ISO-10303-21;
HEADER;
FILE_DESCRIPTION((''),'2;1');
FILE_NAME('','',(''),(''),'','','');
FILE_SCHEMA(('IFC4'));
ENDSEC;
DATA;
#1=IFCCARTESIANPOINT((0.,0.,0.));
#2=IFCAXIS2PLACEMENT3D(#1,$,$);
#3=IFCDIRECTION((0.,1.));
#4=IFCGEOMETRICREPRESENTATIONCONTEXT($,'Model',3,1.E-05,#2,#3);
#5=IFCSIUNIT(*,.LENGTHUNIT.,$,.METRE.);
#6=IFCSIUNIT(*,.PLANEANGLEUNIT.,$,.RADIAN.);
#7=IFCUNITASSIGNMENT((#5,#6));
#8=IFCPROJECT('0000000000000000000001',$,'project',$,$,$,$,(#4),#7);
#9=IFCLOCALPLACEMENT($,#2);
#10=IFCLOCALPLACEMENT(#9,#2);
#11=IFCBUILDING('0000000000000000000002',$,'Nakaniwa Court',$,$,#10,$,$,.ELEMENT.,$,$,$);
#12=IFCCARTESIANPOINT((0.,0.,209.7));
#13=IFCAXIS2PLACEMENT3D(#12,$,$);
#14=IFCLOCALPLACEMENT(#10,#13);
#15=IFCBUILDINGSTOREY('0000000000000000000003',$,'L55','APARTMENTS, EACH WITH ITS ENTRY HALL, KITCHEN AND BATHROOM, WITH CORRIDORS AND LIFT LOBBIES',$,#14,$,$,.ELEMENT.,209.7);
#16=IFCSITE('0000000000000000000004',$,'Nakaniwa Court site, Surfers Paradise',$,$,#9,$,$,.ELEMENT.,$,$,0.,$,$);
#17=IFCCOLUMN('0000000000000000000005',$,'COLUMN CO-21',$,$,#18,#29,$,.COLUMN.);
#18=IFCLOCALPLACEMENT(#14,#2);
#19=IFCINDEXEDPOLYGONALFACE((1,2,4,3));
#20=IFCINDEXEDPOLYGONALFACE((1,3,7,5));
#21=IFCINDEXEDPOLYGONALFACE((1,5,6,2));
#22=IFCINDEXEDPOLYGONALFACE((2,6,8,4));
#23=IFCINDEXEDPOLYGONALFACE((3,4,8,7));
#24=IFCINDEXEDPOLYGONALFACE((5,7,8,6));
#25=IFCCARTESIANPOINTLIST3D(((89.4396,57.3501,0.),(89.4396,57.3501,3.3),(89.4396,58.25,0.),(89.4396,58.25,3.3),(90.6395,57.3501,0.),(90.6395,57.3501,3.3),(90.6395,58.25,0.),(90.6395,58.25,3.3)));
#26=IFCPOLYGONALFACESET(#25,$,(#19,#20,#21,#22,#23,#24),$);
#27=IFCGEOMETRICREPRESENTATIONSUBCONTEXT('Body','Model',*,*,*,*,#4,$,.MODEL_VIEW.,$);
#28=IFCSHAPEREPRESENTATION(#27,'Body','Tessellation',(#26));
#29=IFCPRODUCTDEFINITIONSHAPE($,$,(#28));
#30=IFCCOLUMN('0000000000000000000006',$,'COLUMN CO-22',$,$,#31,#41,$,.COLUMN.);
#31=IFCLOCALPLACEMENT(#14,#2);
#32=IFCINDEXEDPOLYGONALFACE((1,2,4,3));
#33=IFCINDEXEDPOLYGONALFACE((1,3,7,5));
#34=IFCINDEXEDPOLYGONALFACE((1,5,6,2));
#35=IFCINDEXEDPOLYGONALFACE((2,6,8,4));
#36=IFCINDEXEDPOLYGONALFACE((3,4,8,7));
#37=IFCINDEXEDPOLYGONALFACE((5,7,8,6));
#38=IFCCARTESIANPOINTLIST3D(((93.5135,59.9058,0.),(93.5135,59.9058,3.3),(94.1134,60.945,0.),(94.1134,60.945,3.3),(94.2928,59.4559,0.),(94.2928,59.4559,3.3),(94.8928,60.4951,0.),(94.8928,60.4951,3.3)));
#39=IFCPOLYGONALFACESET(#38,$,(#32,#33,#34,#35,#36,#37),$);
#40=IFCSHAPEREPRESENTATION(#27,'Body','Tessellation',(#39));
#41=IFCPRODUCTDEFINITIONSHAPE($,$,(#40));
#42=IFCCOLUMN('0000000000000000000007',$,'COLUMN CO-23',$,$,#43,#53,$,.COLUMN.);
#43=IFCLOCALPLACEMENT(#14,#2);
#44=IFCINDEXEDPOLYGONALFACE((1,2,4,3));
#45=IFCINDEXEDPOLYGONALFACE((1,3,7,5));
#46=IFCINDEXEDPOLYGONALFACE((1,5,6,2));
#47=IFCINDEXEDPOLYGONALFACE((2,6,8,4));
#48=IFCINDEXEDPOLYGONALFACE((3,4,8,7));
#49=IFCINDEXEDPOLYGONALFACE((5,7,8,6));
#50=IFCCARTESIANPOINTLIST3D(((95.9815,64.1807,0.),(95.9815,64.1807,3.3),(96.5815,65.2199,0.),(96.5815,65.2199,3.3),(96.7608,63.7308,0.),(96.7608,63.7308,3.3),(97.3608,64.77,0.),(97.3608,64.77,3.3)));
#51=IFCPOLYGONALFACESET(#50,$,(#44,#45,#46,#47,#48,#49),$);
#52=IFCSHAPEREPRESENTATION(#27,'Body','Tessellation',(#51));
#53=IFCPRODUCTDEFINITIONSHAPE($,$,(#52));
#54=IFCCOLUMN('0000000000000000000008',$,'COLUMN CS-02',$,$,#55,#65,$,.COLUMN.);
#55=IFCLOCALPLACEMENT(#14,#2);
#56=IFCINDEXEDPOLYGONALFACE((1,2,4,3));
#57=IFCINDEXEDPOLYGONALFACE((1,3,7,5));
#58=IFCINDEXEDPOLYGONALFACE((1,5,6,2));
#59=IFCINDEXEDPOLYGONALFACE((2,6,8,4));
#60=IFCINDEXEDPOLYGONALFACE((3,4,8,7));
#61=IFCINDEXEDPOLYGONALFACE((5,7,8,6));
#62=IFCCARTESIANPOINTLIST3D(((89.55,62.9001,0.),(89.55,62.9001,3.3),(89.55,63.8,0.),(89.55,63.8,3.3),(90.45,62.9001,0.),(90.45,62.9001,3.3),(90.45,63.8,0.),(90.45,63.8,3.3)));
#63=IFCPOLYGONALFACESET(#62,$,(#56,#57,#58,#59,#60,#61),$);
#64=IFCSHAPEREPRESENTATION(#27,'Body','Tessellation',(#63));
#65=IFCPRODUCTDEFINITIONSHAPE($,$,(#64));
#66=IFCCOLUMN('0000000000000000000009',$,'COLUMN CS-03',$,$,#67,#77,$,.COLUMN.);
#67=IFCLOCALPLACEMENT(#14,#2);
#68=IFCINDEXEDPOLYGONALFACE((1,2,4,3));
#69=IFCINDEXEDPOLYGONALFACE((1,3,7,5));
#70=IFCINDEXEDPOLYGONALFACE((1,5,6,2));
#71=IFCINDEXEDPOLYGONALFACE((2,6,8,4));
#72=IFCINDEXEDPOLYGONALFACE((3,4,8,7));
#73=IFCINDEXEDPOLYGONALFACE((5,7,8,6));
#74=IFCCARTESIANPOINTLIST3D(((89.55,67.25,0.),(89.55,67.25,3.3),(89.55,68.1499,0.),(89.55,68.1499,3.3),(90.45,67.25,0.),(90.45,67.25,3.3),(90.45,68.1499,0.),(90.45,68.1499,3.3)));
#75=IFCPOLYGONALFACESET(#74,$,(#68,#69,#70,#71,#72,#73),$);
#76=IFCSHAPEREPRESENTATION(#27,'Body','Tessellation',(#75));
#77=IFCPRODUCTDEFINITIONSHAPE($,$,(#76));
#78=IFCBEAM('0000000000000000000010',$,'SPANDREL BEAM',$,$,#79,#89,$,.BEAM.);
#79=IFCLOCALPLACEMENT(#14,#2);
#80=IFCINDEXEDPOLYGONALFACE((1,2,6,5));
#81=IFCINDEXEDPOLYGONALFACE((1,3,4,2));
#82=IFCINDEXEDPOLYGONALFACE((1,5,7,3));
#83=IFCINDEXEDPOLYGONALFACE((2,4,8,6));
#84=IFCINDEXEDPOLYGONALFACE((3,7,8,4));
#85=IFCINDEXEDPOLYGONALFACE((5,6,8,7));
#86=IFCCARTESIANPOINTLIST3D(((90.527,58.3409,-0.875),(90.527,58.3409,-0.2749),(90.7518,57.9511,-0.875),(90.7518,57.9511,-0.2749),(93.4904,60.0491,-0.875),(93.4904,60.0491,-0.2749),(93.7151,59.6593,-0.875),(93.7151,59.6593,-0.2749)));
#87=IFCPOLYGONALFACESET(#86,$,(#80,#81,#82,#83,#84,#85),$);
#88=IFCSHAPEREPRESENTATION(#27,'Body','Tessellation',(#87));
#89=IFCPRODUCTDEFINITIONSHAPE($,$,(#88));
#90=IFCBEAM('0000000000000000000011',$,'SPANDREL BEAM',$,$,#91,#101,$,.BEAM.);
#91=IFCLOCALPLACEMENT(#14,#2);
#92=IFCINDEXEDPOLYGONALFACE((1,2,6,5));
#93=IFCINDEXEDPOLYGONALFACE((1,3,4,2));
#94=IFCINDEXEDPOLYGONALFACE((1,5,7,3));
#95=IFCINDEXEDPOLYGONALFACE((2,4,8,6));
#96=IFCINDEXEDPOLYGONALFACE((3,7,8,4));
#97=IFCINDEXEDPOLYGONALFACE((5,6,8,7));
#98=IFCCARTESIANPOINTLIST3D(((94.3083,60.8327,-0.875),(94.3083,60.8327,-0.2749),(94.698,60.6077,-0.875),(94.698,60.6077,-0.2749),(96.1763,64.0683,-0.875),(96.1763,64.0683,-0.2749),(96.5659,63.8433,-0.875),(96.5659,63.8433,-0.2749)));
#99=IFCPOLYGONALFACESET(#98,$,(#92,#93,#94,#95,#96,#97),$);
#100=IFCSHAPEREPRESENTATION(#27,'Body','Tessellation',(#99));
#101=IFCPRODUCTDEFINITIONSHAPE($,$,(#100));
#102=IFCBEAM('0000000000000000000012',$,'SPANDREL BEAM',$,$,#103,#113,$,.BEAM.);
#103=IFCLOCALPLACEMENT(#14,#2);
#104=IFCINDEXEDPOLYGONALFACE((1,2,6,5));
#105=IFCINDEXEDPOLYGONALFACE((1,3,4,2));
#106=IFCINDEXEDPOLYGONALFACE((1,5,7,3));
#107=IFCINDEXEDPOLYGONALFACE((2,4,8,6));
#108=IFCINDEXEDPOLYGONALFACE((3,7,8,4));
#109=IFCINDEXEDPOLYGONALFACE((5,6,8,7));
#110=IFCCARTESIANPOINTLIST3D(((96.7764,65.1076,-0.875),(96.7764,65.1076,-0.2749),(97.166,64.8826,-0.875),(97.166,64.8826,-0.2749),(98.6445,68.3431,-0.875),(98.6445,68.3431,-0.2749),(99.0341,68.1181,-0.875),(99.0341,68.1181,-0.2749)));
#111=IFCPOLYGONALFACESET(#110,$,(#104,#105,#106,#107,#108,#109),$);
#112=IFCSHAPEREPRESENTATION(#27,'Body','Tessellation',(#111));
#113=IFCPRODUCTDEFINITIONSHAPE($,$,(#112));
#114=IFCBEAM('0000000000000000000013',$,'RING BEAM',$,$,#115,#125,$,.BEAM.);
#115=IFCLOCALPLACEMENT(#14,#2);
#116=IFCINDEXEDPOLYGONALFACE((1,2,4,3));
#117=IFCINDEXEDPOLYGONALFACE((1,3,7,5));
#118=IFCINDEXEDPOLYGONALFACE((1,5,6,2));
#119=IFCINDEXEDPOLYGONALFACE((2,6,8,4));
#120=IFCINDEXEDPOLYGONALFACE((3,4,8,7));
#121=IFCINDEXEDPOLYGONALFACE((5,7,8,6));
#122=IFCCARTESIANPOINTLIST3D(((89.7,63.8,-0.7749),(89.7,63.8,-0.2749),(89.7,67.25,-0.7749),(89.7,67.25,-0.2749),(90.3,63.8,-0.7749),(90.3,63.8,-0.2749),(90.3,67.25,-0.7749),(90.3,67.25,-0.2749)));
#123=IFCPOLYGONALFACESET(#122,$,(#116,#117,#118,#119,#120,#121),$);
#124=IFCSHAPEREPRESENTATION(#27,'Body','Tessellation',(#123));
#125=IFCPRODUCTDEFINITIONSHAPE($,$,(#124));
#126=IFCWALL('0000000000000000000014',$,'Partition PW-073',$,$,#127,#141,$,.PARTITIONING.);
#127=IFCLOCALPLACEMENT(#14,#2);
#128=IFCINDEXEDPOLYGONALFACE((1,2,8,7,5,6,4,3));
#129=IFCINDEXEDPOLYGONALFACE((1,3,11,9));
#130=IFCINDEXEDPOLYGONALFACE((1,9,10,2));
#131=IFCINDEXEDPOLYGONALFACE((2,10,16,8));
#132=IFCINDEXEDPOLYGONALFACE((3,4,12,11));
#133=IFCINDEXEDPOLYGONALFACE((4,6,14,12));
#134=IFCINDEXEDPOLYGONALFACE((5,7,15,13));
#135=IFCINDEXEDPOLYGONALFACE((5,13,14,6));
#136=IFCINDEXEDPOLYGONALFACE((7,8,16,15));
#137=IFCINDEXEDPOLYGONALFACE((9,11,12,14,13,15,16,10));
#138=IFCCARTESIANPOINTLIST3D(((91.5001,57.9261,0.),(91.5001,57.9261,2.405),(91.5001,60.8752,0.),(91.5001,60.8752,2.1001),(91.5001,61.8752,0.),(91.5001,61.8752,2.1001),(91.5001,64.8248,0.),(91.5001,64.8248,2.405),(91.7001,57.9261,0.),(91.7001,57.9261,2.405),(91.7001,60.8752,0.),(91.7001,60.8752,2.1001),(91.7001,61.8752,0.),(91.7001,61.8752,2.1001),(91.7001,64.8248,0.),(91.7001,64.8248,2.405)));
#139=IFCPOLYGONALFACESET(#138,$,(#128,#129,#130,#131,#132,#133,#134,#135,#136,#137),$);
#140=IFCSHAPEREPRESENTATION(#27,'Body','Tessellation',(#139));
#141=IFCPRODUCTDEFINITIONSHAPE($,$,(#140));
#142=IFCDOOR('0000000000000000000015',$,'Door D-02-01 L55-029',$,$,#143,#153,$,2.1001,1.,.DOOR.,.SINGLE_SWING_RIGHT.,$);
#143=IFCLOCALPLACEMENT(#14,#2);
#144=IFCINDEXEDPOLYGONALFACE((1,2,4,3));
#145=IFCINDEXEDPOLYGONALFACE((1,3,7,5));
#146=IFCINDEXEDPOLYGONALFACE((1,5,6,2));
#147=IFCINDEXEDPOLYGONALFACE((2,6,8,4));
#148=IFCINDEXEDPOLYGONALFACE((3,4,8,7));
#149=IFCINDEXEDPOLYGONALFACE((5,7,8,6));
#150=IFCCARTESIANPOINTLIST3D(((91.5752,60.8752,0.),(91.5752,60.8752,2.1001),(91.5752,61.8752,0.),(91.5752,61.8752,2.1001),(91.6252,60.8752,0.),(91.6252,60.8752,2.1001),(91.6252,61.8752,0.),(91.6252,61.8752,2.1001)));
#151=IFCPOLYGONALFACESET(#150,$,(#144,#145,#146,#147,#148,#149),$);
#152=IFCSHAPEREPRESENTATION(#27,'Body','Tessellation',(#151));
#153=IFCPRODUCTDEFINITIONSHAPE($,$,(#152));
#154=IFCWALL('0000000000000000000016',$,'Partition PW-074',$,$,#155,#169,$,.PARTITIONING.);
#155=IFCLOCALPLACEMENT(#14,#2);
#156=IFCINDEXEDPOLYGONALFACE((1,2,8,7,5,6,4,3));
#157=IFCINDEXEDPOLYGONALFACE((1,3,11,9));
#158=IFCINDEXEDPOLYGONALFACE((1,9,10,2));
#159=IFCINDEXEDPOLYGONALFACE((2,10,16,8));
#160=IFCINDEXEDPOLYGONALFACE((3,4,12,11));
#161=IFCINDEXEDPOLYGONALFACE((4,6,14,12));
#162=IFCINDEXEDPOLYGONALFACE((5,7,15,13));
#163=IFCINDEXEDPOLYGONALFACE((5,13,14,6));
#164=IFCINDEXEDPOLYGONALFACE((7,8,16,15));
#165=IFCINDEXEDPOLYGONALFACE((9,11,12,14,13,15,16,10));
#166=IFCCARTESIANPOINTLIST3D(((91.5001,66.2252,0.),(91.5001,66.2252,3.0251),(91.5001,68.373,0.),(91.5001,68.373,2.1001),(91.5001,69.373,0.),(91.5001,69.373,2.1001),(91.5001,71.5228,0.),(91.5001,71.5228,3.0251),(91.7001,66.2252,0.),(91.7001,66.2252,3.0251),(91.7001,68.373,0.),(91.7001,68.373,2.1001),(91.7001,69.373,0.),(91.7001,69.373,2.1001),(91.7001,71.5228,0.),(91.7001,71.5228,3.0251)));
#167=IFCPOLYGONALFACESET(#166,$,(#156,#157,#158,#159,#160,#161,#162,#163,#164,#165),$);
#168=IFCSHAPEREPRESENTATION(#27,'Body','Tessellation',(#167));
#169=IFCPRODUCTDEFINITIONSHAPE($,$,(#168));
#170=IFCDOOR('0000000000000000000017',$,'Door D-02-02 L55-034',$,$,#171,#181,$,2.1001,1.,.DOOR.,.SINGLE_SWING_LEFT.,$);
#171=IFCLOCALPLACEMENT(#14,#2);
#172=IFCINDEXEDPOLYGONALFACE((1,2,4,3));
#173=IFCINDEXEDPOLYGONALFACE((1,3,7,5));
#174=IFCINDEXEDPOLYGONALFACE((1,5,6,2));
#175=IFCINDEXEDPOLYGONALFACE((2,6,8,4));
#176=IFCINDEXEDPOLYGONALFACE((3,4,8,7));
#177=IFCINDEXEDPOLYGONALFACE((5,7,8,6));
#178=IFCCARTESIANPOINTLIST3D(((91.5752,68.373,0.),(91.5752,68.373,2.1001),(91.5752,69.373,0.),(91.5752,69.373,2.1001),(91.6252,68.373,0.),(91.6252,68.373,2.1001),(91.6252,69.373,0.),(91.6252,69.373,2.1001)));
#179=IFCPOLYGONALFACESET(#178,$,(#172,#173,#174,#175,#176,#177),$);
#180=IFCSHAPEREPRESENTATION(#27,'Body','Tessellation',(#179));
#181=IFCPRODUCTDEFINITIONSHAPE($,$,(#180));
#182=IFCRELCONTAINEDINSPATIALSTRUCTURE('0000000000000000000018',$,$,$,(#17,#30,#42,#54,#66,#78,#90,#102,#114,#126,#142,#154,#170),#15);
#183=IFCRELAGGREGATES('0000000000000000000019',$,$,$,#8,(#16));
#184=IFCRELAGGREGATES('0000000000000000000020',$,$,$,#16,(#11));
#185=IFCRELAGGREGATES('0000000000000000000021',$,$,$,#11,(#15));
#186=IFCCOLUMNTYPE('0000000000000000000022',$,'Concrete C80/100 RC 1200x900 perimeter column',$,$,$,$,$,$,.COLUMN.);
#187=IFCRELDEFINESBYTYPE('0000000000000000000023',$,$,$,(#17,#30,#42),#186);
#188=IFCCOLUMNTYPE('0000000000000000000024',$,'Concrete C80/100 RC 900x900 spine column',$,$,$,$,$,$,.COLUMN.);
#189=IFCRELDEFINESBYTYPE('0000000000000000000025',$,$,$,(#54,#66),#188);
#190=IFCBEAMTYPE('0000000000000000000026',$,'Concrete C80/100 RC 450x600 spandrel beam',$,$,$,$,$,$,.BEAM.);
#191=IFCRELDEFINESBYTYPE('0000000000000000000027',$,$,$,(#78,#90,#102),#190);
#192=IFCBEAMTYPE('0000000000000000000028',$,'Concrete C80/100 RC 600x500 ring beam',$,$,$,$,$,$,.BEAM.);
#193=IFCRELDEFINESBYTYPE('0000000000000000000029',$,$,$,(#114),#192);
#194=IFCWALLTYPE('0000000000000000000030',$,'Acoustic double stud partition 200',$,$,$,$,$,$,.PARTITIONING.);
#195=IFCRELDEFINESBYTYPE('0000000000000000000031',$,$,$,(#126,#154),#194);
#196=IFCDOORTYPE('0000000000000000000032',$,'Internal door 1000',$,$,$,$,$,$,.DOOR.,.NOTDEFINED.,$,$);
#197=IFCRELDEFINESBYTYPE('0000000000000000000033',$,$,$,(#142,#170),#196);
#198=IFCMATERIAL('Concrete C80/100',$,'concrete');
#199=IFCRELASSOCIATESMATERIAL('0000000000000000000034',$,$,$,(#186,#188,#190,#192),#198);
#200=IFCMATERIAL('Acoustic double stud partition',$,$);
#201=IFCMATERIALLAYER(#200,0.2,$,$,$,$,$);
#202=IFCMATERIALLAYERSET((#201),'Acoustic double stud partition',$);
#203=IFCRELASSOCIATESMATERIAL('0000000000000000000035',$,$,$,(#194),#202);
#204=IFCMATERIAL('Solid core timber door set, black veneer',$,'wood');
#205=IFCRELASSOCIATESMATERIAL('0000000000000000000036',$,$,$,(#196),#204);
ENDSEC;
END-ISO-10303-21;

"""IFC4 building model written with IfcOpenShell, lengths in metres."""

from ifc_helpers import new_model, si_unit, direction, frame, frame_2d, origin, origin_2d, place, context, subcontext, project, spatial, rectangle, extrude, material, layer, layer_set, material_profile, profile_set, type_object, element, fill, save


model = new_model("IFC4")

# Units and contexts
model_context = context("Model", 3, precision=1e-05, world=origin(), true_north=direction((0.0, 1.0)))
body_context = subcontext(model_context, "Body", "Model", "MODEL_VIEW")
ifc_project = project(units=[si_unit("LENGTHUNIT", "METRE"), si_unit("PLANEANGLEUNIT", "RADIAN")], contexts=[model_context])

# Site, building, storey
site_placement = place(None, origin())
site = spatial("IfcSite", under=ifc_project, at=site_placement, Name="Nakaniwa Court site, Surfers Paradise", CompositionType="ELEMENT", RefElevation=0.0)
building_placement = place(site_placement, origin())
building = spatial("IfcBuilding", under=site, at=building_placement, Name="Nakaniwa Court", CompositionType="ELEMENT")
storey_placement = place(building_placement, frame((0.0, 0.0, 209.7)))
storey = spatial("IfcBuildingStorey", under=building, at=storey_placement, Name="L55", Description="APARTMENTS, EACH WITH ITS ENTRY HALL, KITCHEN AND BATHROOM, WITH CORRIDORS AND LIFT LOBBIES", CompositionType="ELEMENT", Elevation=209.7)

# Columns
ifc_material_1 = material(Name="Concrete C80/100", Category="concrete")
ifc_material_profile_1 = material_profile(ifc_material_1, rectangle(XDim=1.2, YDim=0.8999, at=origin_2d()), Name="Concrete C80/100 RC 1200x900 perimeter column")
ifc_profile_set_1 = profile_set([ifc_material_profile_1], Name="Concrete C80/100")
column_type_1 = type_object("IfcColumnType", Name="Concrete C80/100 RC 1200x900 perimeter column", PredefinedType="COLUMN", material=ifc_profile_set_1)
for number, where, z_axis, x_axis, name in (
    (1, (90.0396, 57.8, 0.0), (0.0, 0.0, 1.0), (1.0, 0.0, 0.0), "COLUMN CO-21"),
    (2, (94.2031, 60.2004, 0.0), (0.0, 0.0, 1.0), (0.5, 0.866025, 0.0), "COLUMN CO-22"),
    (3, (96.6711, 64.4753, 0.0), (0.0, 0.0, 1.0), (0.5, 0.866025, 0.0), "COLUMN CO-23"),
):
    element("IfcColumn", number, at=place(storey_placement, frame(where, z_axis=z_axis, x_axis=x_axis)), inside=storey, type_object=column_type_1, Name=name, PredefinedType="COLUMN", context=body_context, shape_type="SweptSolid", body=[
        extrude(rectangle(XDim=1.2, YDim=0.8999, at=origin_2d()), origin(), (0.0, 0.0, 1.0), 3.3),
    ])
ifc_material_profile_2 = material_profile(ifc_material_1, rectangle(XDim=0.8999, YDim=0.8999, at=origin_2d()), Name="Concrete C80/100 RC 900x900 spine column")
ifc_profile_set_2 = profile_set([ifc_material_profile_2], Name="Concrete C80/100")
column_type_2 = type_object("IfcColumnType", Name="Concrete C80/100 RC 900x900 spine column", PredefinedType="COLUMN", material=ifc_profile_set_2)
for number, where, z_axis, x_axis, name in (
    (4, (90.0, 63.3501, 0.0), (0.0, 0.0, 1.0), (0.0, 1.0, 0.0), "COLUMN CS-02"),
    (5, (90.0, 67.7, 0.0), (0.0, 0.0, 1.0), (0.0, 1.0, 0.0), "COLUMN CS-03"),
):
    element("IfcColumn", number, at=place(storey_placement, frame(where, z_axis=z_axis, x_axis=x_axis)), inside=storey, type_object=column_type_2, Name=name, PredefinedType="COLUMN", context=body_context, shape_type="SweptSolid", body=[
        extrude(rectangle(XDim=0.8999, YDim=0.8999, at=origin_2d()), origin(), (0.0, 0.0, 1.0), 3.3),
    ])

# Beams
ifc_material_profile_3 = material_profile(ifc_material_1, rectangle(XDim=0.45, YDim=0.6001, at=origin_2d()), Name="Concrete C80/100 RC 450x600 spandrel beam")
ifc_profile_set_3 = profile_set([ifc_material_profile_3], Name="Concrete C80/100")
beam_type_1 = type_object("IfcBeamType", Name="Concrete C80/100 RC 450x600 spandrel beam", PredefinedType="BEAM", material=ifc_profile_set_3)
beam_1_placement = place(storey_placement, frame((90.6394, 58.146, -0.575), z_axis=(0.866361, 0.499418, 0.0), x_axis=(-0.499418, 0.866361, 0.0)))
element("IfcBeam", 6, at=beam_1_placement, inside=storey, type_object=beam_type_1, Name="SPANDREL BEAM", PredefinedType="BEAM", context=body_context, shape_type="SweptSolid", body=[
    extrude(rectangle(XDim=0.45, YDim=0.6001, at=origin_2d()), origin(), (0.0, 0.0, 1.0), 3.4204),
])
for number, where, z_axis, x_axis, name in (
    (7, (94.5032, 60.7202, -0.575), (0.499969, 0.866043, 0.0), (-0.866043, 0.499969, 0.0), "SPANDREL BEAM"),
    (8, (96.9712, 64.9951, -0.575), (0.500018, 0.866015, 0.0), (-0.866015, 0.500018, 0.0), "SPANDREL BEAM"),
):
    element("IfcBeam", number, at=place(storey_placement, frame(where, z_axis=z_axis, x_axis=x_axis)), inside=storey, type_object=beam_type_1, Name=name, PredefinedType="BEAM", context=body_context, shape_type="SweptSolid", body=[
        extrude(rectangle(XDim=0.45, YDim=0.6001, at=origin_2d()), origin(), (0.0, 0.0, 1.0), 3.7361),
    ])
ifc_material_profile_4 = material_profile(ifc_material_1, rectangle(XDim=0.6001, YDim=0.5, at=origin_2d()), Name="Concrete C80/100 RC 600x500 ring beam")
ifc_profile_set_4 = profile_set([ifc_material_profile_4], Name="Concrete C80/100")
beam_type_2 = type_object("IfcBeamType", Name="Concrete C80/100 RC 600x500 ring beam", PredefinedType="BEAM", material=ifc_profile_set_4)
beam_2_placement = place(storey_placement, frame((90.0, 63.8, -0.5249), z_axis=(0.0, 1.0, 0.0), x_axis=(-1.0, 0.0, 0.0)))
element("IfcBeam", 9, at=beam_2_placement, inside=storey, type_object=beam_type_2, Name="RING BEAM", PredefinedType="BEAM", context=body_context, shape_type="SweptSolid", body=[
    extrude(rectangle(XDim=0.6001, YDim=0.5, at=origin_2d()), origin(), (0.0, 0.0, 1.0), 3.45),
])

# Walls, openings, doors
ifc_material_2 = material(Name="Acoustic double stud partition")
ifc_layer_1 = layer(ifc_material_2, 0.2)
ifc_layer_set_1 = layer_set([ifc_layer_1], Name="Acoustic double stud partition")
wall_type_1 = type_object("IfcWallType", Name="Acoustic double stud partition 200", PredefinedType="PARTITIONING", material=ifc_layer_set_1)
wall_1_placement = place(storey_placement, frame((91.6001, 57.9263, 0.0), z_axis=(0.0, 0.0, 1.0), x_axis=(0.0, 1.0, 0.0)))
wall_1 = element("IfcWall", 10, at=wall_1_placement, inside=storey, type_object=wall_type_1, Name="Partition PW-073", PredefinedType="PARTITIONING", context=body_context, shape_type="SweptSolid", body=[
    extrude(rectangle(XDim=6.8987, YDim=0.2, at=frame_2d((3.4492, 0.0))), origin(), (0.0, 0.0, 1.0), 2.405),
])
opening_1_placement = place(wall_1_placement, frame((2.949, 0.0, 0.0)))
opening_1 = element("IfcOpeningElement", 11, at=opening_1_placement, cuts=wall_1, PredefinedType="OPENING", context=body_context, shape_type="SweptSolid", body=[
    extrude(rectangle(XDim=1.0, YDim=2.1001, at=frame_2d((0.5, 1.05))), frame((0.0, 0.1099, 0.0), z_axis=(0.0, -1.0, 0.0), x_axis=(1.0, 0.0, 0.0)), (0.0, 0.0, 1.0), 0.22),
])
ifc_material_3 = material(Name="Solid core timber door set, black veneer", Category="wood")
door_type_1 = type_object("IfcDoorType", Name="Internal door 1000", OperationType="NOTDEFINED", PredefinedType="DOOR", material=ifc_material_3)
door_1_placement = place(opening_1_placement, origin())
door_1 = element("IfcDoor", 12, at=door_1_placement, inside=storey, type_object=door_type_1, Name="Door D-02-01 L55-029", OperationType="SINGLE_SWING_RIGHT", OverallHeight=2.1001, OverallWidth=1.0, PredefinedType="DOOR", context=body_context, shape_type="SweptSolid", body=[
    extrude(rectangle(XDim=1.0, YDim=2.1001, at=frame_2d((0.5, 1.05))), frame((0.0, 0.0249, 0.0), z_axis=(0.0, -1.0, 0.0), x_axis=(1.0, 0.0, 0.0)), (0.0, 0.0, 1.0), 0.05),
])
fill(opening_1, door_1)
wall_2_placement = place(storey_placement, frame((91.6001, 66.2251, 0.0), z_axis=(0.0, 0.0, 1.0), x_axis=(0.0, 1.0, 0.0)))
wall_2 = element("IfcWall", 13, at=wall_2_placement, inside=storey, type_object=wall_type_1, Name="Partition PW-074", PredefinedType="PARTITIONING", context=body_context, shape_type="SweptSolid", body=[
    extrude(rectangle(XDim=5.2976, YDim=0.2, at=frame_2d((2.6489, 0.0))), origin(), (0.0, 0.0, 1.0), 3.0251),
])
opening_2_placement = place(wall_2_placement, frame((2.1479, 0.0, 0.0)))
opening_2 = element("IfcOpeningElement", 14, at=opening_2_placement, cuts=wall_2, PredefinedType="OPENING", context=body_context, shape_type="SweptSolid", body=[
    extrude(rectangle(XDim=1.0, YDim=2.1001, at=frame_2d((0.5, 1.05))), frame((0.0, 0.1099, 0.0), z_axis=(0.0, -1.0, 0.0), x_axis=(1.0, 0.0, 0.0)), (0.0, 0.0, 1.0), 0.22),
])
door_2_placement = place(opening_2_placement, origin())
door_2 = element("IfcDoor", 15, at=door_2_placement, inside=storey, type_object=door_type_1, Name="Door D-02-02 L55-034", OperationType="SINGLE_SWING_LEFT", OverallHeight=2.1001, OverallWidth=1.0, PredefinedType="DOOR", context=body_context, shape_type="SweptSolid", body=[
    extrude(rectangle(XDim=1.0, YDim=2.1001, at=frame_2d((0.5, 1.05))), frame((0.0, 0.0249, 0.0), z_axis=(0.0, -1.0, 0.0), x_axis=(1.0, 0.0, 0.0)), (0.0, 0.0, 1.0), 0.05),
])
fill(opening_2, door_2)

save(model, "model.ifc")
